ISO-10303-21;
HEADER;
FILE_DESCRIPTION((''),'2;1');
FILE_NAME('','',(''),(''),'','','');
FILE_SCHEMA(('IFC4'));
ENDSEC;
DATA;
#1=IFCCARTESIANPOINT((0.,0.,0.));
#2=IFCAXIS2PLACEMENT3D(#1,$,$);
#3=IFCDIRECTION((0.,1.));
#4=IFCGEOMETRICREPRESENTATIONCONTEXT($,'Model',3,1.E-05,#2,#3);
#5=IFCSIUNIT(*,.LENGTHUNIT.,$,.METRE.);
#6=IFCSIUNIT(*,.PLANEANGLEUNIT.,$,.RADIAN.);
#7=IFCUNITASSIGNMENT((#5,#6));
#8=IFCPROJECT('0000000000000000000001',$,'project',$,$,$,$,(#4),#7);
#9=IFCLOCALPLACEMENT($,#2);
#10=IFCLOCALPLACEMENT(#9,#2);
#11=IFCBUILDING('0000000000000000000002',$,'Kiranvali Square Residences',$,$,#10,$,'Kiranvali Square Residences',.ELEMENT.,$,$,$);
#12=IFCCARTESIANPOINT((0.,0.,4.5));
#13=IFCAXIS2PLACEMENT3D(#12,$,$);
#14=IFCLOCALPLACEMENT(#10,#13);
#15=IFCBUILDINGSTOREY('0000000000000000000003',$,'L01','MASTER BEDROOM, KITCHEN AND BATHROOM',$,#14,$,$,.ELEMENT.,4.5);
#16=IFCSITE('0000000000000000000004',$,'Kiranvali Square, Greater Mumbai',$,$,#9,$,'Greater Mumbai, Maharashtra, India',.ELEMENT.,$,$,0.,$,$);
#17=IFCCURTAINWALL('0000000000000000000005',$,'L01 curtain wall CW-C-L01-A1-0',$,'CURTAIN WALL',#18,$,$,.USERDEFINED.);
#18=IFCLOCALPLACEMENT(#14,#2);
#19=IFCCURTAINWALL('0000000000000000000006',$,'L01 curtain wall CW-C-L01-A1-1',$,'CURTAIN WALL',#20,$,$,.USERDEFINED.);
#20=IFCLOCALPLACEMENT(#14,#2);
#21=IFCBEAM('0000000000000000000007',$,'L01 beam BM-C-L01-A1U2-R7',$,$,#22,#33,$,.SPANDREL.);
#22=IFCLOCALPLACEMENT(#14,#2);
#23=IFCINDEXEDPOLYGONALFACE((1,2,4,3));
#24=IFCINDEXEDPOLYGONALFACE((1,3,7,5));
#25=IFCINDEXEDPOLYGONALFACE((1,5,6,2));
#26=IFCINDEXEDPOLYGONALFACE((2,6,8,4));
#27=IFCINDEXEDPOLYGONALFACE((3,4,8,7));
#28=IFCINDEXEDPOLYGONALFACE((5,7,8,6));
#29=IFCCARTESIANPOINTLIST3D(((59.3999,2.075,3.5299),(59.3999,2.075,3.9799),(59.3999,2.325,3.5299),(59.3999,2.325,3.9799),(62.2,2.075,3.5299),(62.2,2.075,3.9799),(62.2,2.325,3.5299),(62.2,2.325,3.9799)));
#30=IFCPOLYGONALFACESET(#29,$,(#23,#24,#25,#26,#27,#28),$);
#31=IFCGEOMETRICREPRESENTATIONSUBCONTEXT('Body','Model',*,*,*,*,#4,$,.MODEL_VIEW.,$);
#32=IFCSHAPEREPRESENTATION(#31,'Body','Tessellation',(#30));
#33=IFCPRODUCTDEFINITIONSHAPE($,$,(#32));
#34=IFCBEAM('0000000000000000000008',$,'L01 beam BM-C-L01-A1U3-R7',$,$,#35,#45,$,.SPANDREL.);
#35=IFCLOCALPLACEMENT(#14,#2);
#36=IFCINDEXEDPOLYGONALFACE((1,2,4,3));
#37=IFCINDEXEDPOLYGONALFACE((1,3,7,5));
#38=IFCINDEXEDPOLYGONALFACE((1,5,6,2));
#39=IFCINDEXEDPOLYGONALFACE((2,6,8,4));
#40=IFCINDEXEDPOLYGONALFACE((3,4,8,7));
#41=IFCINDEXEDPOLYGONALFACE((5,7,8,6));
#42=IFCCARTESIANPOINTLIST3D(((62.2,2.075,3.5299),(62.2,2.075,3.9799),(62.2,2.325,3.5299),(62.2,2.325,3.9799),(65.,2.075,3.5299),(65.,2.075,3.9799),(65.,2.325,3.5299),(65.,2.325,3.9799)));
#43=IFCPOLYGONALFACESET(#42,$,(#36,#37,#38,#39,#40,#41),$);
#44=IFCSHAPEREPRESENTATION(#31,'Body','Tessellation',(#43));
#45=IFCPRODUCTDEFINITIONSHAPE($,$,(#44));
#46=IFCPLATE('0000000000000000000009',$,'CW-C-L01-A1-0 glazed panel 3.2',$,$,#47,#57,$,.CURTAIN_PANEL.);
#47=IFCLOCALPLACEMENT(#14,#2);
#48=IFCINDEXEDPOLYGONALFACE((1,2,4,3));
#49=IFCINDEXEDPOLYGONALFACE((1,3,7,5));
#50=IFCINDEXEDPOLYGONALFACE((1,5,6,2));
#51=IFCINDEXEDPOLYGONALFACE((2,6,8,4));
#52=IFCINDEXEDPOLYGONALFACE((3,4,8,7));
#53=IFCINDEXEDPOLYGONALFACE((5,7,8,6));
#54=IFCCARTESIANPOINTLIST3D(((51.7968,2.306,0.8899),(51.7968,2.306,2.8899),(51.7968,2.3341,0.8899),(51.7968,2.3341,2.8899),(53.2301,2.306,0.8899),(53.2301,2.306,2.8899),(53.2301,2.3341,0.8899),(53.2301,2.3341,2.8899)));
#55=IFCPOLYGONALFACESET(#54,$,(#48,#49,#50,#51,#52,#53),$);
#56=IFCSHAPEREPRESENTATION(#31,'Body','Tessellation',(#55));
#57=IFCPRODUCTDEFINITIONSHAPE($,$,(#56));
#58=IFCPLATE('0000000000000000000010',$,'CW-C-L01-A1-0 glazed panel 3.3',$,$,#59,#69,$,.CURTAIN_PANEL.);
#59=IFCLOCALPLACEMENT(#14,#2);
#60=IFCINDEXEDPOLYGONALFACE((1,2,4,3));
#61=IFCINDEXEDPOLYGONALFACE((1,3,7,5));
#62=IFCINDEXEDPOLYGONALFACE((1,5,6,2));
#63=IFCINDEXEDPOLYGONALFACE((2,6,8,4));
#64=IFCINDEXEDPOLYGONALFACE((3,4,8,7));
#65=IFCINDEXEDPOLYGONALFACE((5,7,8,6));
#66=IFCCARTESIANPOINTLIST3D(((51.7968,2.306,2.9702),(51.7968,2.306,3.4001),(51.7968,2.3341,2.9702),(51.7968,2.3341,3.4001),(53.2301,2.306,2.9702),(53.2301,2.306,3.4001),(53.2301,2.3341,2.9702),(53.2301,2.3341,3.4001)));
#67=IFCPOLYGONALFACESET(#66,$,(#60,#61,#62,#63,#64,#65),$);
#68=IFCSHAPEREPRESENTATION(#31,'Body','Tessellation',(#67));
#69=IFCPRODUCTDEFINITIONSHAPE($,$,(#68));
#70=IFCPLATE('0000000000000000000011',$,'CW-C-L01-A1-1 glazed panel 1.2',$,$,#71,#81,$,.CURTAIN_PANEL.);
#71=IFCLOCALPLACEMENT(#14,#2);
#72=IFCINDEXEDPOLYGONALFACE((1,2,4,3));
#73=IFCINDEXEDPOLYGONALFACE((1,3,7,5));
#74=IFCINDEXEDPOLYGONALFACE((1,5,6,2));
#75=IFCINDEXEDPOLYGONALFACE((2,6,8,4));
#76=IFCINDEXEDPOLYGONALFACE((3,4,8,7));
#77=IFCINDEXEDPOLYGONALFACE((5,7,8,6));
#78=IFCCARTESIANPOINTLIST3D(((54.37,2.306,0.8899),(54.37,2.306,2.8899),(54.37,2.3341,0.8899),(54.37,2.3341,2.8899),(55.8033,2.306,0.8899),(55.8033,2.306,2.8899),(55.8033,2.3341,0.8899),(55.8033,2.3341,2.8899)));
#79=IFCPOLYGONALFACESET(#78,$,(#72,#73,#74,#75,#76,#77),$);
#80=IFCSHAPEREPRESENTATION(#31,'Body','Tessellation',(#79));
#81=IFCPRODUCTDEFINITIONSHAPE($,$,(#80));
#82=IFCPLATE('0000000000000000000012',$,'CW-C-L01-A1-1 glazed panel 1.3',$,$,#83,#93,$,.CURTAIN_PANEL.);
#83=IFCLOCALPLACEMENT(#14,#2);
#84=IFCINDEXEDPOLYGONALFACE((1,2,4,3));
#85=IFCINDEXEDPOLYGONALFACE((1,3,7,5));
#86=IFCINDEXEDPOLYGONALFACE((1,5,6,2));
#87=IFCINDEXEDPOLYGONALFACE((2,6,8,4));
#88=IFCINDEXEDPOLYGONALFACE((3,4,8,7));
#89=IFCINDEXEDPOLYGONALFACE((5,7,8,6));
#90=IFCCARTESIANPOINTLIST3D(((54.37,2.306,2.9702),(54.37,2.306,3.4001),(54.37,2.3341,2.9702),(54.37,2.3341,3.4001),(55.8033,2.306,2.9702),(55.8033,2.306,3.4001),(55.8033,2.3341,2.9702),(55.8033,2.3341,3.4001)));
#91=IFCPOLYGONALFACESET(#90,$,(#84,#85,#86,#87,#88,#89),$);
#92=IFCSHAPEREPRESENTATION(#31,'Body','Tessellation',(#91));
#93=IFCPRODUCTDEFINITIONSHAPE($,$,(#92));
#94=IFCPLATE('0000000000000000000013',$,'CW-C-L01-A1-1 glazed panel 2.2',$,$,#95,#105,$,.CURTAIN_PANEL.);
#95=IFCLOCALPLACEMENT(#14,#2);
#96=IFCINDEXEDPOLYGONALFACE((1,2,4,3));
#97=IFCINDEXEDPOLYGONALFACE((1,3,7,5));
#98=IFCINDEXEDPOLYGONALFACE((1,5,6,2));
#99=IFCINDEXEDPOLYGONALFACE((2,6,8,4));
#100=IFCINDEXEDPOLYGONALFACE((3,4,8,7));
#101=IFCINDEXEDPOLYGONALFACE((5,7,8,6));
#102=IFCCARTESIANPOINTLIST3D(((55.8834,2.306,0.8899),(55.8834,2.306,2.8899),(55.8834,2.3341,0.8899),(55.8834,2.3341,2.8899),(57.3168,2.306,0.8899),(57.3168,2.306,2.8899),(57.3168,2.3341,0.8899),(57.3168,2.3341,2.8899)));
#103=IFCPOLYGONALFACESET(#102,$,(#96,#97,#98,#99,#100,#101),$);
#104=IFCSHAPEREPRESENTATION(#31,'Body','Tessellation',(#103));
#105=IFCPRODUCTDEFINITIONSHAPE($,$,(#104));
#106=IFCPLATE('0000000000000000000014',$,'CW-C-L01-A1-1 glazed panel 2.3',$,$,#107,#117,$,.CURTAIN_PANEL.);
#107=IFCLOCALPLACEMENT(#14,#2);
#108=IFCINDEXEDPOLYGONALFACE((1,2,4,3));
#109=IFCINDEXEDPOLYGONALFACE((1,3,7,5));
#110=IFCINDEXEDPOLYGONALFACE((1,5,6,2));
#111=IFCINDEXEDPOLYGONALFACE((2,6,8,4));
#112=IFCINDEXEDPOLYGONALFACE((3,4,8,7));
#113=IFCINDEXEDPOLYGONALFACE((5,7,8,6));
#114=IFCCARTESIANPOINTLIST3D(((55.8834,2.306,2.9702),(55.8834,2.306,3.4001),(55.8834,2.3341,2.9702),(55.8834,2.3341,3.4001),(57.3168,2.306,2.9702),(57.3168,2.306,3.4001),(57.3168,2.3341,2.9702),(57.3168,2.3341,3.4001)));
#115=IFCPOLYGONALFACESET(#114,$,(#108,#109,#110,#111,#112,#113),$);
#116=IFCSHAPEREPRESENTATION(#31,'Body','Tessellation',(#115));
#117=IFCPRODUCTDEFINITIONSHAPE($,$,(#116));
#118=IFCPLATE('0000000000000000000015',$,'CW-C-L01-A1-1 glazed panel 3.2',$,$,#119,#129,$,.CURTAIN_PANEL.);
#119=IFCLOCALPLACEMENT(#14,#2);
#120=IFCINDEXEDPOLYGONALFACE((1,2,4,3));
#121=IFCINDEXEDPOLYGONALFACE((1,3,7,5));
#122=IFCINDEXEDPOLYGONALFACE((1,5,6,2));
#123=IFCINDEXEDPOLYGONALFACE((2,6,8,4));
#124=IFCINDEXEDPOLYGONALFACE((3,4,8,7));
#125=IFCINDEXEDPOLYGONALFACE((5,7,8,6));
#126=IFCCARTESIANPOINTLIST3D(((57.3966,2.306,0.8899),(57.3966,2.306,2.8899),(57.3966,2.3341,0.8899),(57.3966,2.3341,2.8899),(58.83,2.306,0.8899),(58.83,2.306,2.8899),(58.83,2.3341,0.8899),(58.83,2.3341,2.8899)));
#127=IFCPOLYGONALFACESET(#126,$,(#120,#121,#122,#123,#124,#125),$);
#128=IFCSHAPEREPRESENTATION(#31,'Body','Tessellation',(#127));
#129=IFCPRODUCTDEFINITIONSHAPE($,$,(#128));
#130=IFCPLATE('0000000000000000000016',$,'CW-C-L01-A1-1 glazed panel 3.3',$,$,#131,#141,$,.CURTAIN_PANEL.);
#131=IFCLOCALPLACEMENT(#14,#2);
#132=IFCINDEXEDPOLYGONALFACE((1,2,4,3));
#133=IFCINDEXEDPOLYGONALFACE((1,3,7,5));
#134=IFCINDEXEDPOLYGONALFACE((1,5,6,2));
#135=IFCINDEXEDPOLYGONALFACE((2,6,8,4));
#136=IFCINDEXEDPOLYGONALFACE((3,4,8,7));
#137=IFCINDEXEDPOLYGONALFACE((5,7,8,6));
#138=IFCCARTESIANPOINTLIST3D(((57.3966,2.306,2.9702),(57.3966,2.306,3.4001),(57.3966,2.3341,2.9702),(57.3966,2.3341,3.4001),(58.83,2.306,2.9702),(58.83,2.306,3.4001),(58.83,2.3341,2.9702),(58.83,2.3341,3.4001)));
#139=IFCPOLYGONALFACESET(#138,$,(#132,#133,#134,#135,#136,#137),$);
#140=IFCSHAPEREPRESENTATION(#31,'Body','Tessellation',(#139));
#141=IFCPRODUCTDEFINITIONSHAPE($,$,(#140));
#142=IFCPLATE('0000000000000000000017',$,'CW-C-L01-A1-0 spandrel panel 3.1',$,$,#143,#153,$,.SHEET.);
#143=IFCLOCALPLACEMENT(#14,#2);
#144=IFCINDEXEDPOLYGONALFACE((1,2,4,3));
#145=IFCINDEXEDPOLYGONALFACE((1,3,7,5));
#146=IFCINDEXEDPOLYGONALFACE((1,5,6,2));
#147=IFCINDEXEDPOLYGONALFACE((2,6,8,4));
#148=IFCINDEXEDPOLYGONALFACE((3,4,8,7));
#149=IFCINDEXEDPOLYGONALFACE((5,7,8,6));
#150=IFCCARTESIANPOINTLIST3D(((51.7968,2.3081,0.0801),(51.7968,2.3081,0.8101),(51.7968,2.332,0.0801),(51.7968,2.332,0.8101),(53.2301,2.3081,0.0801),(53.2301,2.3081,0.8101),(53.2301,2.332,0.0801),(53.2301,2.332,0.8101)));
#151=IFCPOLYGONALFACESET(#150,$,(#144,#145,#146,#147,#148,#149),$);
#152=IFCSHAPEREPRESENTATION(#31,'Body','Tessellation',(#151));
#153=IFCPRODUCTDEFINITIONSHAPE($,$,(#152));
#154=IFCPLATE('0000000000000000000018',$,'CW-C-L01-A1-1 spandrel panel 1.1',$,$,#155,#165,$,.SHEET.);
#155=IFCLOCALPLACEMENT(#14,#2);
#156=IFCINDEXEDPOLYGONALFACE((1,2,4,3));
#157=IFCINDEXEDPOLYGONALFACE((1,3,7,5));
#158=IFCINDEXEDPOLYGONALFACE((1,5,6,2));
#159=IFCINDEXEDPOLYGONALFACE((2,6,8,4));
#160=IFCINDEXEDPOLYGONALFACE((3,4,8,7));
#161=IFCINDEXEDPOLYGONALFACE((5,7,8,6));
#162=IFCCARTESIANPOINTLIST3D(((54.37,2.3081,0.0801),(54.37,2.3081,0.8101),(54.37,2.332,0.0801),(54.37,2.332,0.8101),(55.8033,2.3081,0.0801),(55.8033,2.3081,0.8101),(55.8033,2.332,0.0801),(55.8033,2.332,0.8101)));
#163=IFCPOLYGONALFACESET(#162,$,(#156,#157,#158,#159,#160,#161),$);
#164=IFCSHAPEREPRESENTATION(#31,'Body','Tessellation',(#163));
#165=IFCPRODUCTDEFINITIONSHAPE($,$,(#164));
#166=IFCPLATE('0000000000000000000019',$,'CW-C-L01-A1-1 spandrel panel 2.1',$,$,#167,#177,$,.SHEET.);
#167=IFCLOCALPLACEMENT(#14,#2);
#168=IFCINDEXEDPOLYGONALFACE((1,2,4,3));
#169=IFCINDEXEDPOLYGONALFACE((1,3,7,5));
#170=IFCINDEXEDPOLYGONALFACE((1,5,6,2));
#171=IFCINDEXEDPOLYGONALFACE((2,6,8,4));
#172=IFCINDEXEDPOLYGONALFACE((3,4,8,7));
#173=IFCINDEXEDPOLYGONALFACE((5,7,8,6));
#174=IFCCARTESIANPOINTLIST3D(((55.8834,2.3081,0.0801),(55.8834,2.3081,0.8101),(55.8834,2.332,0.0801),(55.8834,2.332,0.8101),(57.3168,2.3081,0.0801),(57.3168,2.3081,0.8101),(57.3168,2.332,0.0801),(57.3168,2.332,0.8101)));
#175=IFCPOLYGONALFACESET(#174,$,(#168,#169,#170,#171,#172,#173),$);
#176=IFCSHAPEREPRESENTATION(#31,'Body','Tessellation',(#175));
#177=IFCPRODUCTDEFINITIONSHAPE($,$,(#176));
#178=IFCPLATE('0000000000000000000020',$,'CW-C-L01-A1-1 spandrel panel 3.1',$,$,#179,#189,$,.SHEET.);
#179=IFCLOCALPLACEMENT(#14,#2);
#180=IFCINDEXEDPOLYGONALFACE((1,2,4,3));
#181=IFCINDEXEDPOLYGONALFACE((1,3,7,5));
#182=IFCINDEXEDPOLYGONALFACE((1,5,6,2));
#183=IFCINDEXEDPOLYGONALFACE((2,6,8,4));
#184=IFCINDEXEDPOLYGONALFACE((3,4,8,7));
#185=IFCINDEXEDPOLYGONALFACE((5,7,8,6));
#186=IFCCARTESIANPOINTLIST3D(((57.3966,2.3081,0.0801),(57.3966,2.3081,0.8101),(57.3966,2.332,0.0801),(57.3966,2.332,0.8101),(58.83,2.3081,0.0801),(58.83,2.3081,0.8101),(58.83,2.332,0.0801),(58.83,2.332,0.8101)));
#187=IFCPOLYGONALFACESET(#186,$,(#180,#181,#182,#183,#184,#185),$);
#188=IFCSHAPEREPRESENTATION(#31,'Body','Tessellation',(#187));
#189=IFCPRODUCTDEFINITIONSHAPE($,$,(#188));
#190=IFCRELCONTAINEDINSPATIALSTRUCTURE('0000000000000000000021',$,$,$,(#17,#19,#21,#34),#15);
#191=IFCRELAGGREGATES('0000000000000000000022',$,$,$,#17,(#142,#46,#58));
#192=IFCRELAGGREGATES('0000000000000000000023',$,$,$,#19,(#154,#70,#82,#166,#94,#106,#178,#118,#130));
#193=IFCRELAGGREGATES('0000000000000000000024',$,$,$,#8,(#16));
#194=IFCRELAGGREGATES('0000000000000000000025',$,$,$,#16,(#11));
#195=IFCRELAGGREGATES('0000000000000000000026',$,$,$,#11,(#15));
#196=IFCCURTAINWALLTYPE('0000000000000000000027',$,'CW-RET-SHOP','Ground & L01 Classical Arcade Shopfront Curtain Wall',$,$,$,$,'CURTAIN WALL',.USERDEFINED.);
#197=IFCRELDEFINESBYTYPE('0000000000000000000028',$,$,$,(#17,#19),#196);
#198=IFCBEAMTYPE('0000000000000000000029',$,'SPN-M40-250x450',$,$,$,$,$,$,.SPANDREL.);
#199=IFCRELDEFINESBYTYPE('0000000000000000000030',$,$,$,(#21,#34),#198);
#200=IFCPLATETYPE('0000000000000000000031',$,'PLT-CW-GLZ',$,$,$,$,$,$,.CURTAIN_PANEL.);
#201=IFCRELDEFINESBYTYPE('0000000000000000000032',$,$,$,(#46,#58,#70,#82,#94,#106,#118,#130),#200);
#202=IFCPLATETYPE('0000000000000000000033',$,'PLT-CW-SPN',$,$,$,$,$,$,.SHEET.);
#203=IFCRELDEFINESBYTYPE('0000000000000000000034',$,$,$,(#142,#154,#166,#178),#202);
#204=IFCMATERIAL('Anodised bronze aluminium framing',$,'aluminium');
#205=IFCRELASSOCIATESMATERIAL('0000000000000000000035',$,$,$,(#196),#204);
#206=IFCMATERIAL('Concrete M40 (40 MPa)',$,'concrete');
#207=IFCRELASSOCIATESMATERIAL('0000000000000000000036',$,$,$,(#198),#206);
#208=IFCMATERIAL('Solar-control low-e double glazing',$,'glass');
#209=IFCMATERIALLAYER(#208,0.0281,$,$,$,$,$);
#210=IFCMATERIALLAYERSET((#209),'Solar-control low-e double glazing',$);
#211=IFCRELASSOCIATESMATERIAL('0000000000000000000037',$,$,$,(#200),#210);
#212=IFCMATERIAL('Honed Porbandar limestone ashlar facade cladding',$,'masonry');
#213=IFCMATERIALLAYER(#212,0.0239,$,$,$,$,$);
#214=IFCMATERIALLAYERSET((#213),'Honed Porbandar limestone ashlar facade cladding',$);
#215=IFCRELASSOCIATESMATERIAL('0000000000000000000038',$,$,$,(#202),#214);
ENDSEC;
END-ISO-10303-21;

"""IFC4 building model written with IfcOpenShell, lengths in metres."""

from ifc_helpers import new_model, si_unit, direction, frame, origin, origin_2d, place, context, subcontext, project, spatial, rectangle, extrude, material, layer, layer_set, material_profile, profile_set, type_object, element, aggregate, save


model = new_model("IFC4")

# Units and contexts
model_context = context("Model", 3, precision=1e-05, world=origin(), true_north=direction((0.0, 1.0)))
body_context = subcontext(model_context, "Body", "Model", "MODEL_VIEW")
ifc_project = project(units=[si_unit("LENGTHUNIT", "METRE"), si_unit("PLANEANGLEUNIT", "RADIAN")], contexts=[model_context])

# Site, building, storey
site_placement = place(None, origin())
site = spatial("IfcSite", under=ifc_project, at=site_placement, Name="Kiranvali Square, Greater Mumbai", LongName="Greater Mumbai, Maharashtra, India", CompositionType="ELEMENT", RefElevation=0.0)
building_placement = place(site_placement, origin())
building = spatial("IfcBuilding", under=site, at=building_placement, Name="Kiranvali Square Residences", LongName="Kiranvali Square Residences", CompositionType="ELEMENT")
storey_placement = place(building_placement, frame((0.0, 0.0, 4.5)))
storey = spatial("IfcBuildingStorey", under=building, at=storey_placement, Name="L01", Description="MASTER BEDROOM, KITCHEN AND BATHROOM", CompositionType="ELEMENT", Elevation=4.5)

# Shared definitions
ifc_material_1 = material(Name="Concrete M40 (40 MPa)", Category="concrete")

# Curtain wall
ifc_material_2 = material(Name="Anodised bronze aluminium framing", Category="aluminium")
curtain_wall_type = type_object("IfcCurtainWallType", Name="CW-RET-SHOP", Description="Ground & L01 Classical Arcade Shopfront Curtain Wall", ElementType="CURTAIN WALL", PredefinedType="USERDEFINED", material=ifc_material_2)
curtain_wall_1_placement = place(storey_placement, origin())
curtain_wall_1 = element("IfcCurtainWall", 1, at=curtain_wall_1_placement, inside=storey, type_object=curtain_wall_type, Name="L01 curtain wall CW-C-L01-A1-0", ObjectType="CURTAIN WALL", PredefinedType="USERDEFINED")

# Curtain wall
curtain_wall_2_placement = place(storey_placement, origin())
curtain_wall_2 = element("IfcCurtainWall", 2, at=curtain_wall_2_placement, inside=storey, type_object=curtain_wall_type, Name="L01 curtain wall CW-C-L01-A1-1", ObjectType="CURTAIN WALL", PredefinedType="USERDEFINED")

# Beams
ifc_material_profile_1 = material_profile(ifc_material_1, rectangle(XDim=0.25, YDim=0.45, at=origin_2d()), Name="RC 250x450")
ifc_profile_set_1 = profile_set([ifc_material_profile_1], Name="Concrete M40 (40 MPa)")
beam_type_1 = type_object("IfcBeamType", Name="SPN-M40-250x450", PredefinedType="SPANDREL", material=ifc_profile_set_1)
for number, where, z_axis, x_axis, name in (
    (3, (59.3999, 2.2, 3.7549), (1.0, 0.0, 0.0), (0.0, 1.0, 0.0), "L01 beam BM-C-L01-A1U2-R7"),
    (4, (62.2, 2.2, 3.7549), (1.0, 0.0, 0.0), (0.0, 1.0, 0.0), "L01 beam BM-C-L01-A1U3-R7"),
):
    element("IfcBeam", number, at=place(storey_placement, frame(where, z_axis=z_axis, x_axis=x_axis)), inside=storey, type_object=beam_type_1, Name=name, PredefinedType="SPANDREL", context=body_context, shape_type="SweptSolid", body=[
        extrude(rectangle(XDim=0.25, YDim=0.45, at=origin_2d()), origin(), (0.0, 0.0, 1.0), 2.8),
    ])

# Plates
ifc_material_3 = material(Name="Solar-control low-e double glazing", Category="glass")
ifc_layer_1 = layer(ifc_material_3, 0.0281)
ifc_layer_set_1 = layer_set([ifc_layer_1], Name="Solar-control low-e double glazing")
plate_type_1 = type_object("IfcPlateType", Name="PLT-CW-GLZ", PredefinedType="CURTAIN_PANEL", material=ifc_layer_set_1)
plate_1_placement = place(storey_placement, frame((52.5134, 2.3201, 0.8899), z_axis=(0.0, 0.0, 1.0), x_axis=(1.0, 0.0, 0.0)))
plate_1 = element("IfcPlate", 5, at=plate_1_placement, type_object=plate_type_1, Name="CW-C-L01-A1-0 glazed panel 3.2", PredefinedType="CURTAIN_PANEL", context=body_context, shape_type="SweptSolid", body=[
    extrude(rectangle(XDim=1.4333, YDim=0.0281, at=origin_2d()), origin(), (0.0, 0.0, 1.0), 2.0),
])
plate_2_placement = place(storey_placement, frame((52.5134, 2.3201, 2.9702), z_axis=(0.0, 0.0, 1.0), x_axis=(1.0, 0.0, 0.0)))
plate_2 = element("IfcPlate", 6, at=plate_2_placement, type_object=plate_type_1, Name="CW-C-L01-A1-0 glazed panel 3.3", PredefinedType="CURTAIN_PANEL", context=body_context, shape_type="SweptSolid", body=[
    extrude(rectangle(XDim=1.4333, YDim=0.0281, at=origin_2d()), origin(), (0.0, 0.0, 1.0), 0.4299),
])
plate_3_placement = place(storey_placement, frame((55.0867, 2.3201, 0.8899), z_axis=(0.0, 0.0, 1.0), x_axis=(1.0, 0.0, 0.0)))
plate_3 = element("IfcPlate", 7, at=plate_3_placement, type_object=plate_type_1, Name="CW-C-L01-A1-1 glazed panel 1.2", PredefinedType="CURTAIN_PANEL", context=body_context, shape_type="SweptSolid", body=[
    extrude(rectangle(XDim=1.4333, YDim=0.0281, at=origin_2d()), origin(), (0.0, 0.0, 1.0), 2.0),
])
plate_4_placement = place(storey_placement, frame((55.0867, 2.3201, 2.9702), z_axis=(0.0, 0.0, 1.0), x_axis=(1.0, 0.0, 0.0)))
plate_4 = element("IfcPlate", 8, at=plate_4_placement, type_object=plate_type_1, Name="CW-C-L01-A1-1 glazed panel 1.3", PredefinedType="CURTAIN_PANEL", context=body_context, shape_type="SweptSolid", body=[
    extrude(rectangle(XDim=1.4333, YDim=0.0281, at=origin_2d()), origin(), (0.0, 0.0, 1.0), 0.4299),
])
plate_5_placement = place(storey_placement, frame((56.6001, 2.3201, 0.8899), z_axis=(0.0, 0.0, 1.0), x_axis=(1.0, 0.0, 0.0)))
plate_5 = element("IfcPlate", 9, at=plate_5_placement, type_object=plate_type_1, Name="CW-C-L01-A1-1 glazed panel 2.2", PredefinedType="CURTAIN_PANEL", context=body_context, shape_type="SweptSolid", body=[
    extrude(rectangle(XDim=1.4333, YDim=0.0281, at=origin_2d()), origin(), (0.0, 0.0, 1.0), 2.0),
])
plate_6_placement = place(storey_placement, frame((56.6001, 2.3201, 2.9702), z_axis=(0.0, 0.0, 1.0), x_axis=(1.0, 0.0, 0.0)))
plate_6 = element("IfcPlate", 10, at=plate_6_placement, type_object=plate_type_1, Name="CW-C-L01-A1-1 glazed panel 2.3", PredefinedType="CURTAIN_PANEL", context=body_context, shape_type="SweptSolid", body=[
    extrude(rectangle(XDim=1.4333, YDim=0.0281, at=origin_2d()), origin(), (0.0, 0.0, 1.0), 0.4299),
])
plate_7_placement = place(storey_placement, frame((58.1133, 2.3201, 0.8899), z_axis=(0.0, 0.0, 1.0), x_axis=(1.0, 0.0, 0.0)))
plate_7 = element("IfcPlate", 11, at=plate_7_placement, type_object=plate_type_1, Name="CW-C-L01-A1-1 glazed panel 3.2", PredefinedType="CURTAIN_PANEL", context=body_context, shape_type="SweptSolid", body=[
    extrude(rectangle(XDim=1.4333, YDim=0.0281, at=origin_2d()), origin(), (0.0, 0.0, 1.0), 2.0),
])
plate_8_placement = place(storey_placement, frame((58.1133, 2.3201, 2.9702), z_axis=(0.0, 0.0, 1.0), x_axis=(1.0, 0.0, 0.0)))
plate_8 = element("IfcPlate", 12, at=plate_8_placement, type_object=plate_type_1, Name="CW-C-L01-A1-1 glazed panel 3.3", PredefinedType="CURTAIN_PANEL", context=body_context, shape_type="SweptSolid", body=[
    extrude(rectangle(XDim=1.4333, YDim=0.0281, at=origin_2d()), origin(), (0.0, 0.0, 1.0), 0.4299),
])
ifc_material_4 = material(Name="Honed Porbandar limestone ashlar facade cladding", Category="masonry")
ifc_layer_2 = layer(ifc_material_4, 0.0239)
ifc_layer_set_2 = layer_set([ifc_layer_2], Name="Honed Porbandar limestone ashlar facade cladding")
plate_type_2 = type_object("IfcPlateType", Name="PLT-CW-SPN", PredefinedType="SHEET", material=ifc_layer_set_2)
plate_9_placement = place(storey_placement, frame((52.5134, 2.3201, 0.0801), z_axis=(0.0, 0.0, 1.0), x_axis=(1.0, 0.0, 0.0)))
plate_9 = element("IfcPlate", 13, at=plate_9_placement, type_object=plate_type_2, Name="CW-C-L01-A1-0 spandrel panel 3.1", PredefinedType="SHEET", context=body_context, shape_type="SweptSolid", body=[
    extrude(rectangle(XDim=1.4333, YDim=0.0239, at=origin_2d()), origin(), (0.0, 0.0, 1.0), 0.73),
])
aggregate(curtain_wall_1, [plate_9, plate_1, plate_2])
plate_10_placement = place(storey_placement, frame((55.0867, 2.3201, 0.0801), z_axis=(0.0, 0.0, 1.0), x_axis=(1.0, 0.0, 0.0)))
plate_10 = element("IfcPlate", 14, at=plate_10_placement, type_object=plate_type_2, Name="CW-C-L01-A1-1 spandrel panel 1.1", PredefinedType="SHEET", context=body_context, shape_type="SweptSolid", body=[
    extrude(rectangle(XDim=1.4333, YDim=0.0239, at=origin_2d()), origin(), (0.0, 0.0, 1.0), 0.73),
])
plate_11_placement = place(storey_placement, frame((56.6001, 2.3201, 0.0801), z_axis=(0.0, 0.0, 1.0), x_axis=(1.0, 0.0, 0.0)))
plate_11 = element("IfcPlate", 15, at=plate_11_placement, type_object=plate_type_2, Name="CW-C-L01-A1-1 spandrel panel 2.1", PredefinedType="SHEET", context=body_context, shape_type="SweptSolid", body=[
    extrude(rectangle(XDim=1.4333, YDim=0.0239, at=origin_2d()), origin(), (0.0, 0.0, 1.0), 0.73),
])
plate_12_placement = place(storey_placement, frame((58.1133, 2.3201, 0.0801), z_axis=(0.0, 0.0, 1.0), x_axis=(1.0, 0.0, 0.0)))
plate_12 = element("IfcPlate", 16, at=plate_12_placement, type_object=plate_type_2, Name="CW-C-L01-A1-1 spandrel panel 3.1", PredefinedType="SHEET", context=body_context, shape_type="SweptSolid", body=[
    extrude(rectangle(XDim=1.4333, YDim=0.0239, at=origin_2d()), origin(), (0.0, 0.0, 1.0), 0.73),
])
aggregate(curtain_wall_2, [plate_10, plate_3, plate_4, plate_11, plate_5, plate_6, plate_12, plate_7, plate_8])

save(model, "model.ifc")
